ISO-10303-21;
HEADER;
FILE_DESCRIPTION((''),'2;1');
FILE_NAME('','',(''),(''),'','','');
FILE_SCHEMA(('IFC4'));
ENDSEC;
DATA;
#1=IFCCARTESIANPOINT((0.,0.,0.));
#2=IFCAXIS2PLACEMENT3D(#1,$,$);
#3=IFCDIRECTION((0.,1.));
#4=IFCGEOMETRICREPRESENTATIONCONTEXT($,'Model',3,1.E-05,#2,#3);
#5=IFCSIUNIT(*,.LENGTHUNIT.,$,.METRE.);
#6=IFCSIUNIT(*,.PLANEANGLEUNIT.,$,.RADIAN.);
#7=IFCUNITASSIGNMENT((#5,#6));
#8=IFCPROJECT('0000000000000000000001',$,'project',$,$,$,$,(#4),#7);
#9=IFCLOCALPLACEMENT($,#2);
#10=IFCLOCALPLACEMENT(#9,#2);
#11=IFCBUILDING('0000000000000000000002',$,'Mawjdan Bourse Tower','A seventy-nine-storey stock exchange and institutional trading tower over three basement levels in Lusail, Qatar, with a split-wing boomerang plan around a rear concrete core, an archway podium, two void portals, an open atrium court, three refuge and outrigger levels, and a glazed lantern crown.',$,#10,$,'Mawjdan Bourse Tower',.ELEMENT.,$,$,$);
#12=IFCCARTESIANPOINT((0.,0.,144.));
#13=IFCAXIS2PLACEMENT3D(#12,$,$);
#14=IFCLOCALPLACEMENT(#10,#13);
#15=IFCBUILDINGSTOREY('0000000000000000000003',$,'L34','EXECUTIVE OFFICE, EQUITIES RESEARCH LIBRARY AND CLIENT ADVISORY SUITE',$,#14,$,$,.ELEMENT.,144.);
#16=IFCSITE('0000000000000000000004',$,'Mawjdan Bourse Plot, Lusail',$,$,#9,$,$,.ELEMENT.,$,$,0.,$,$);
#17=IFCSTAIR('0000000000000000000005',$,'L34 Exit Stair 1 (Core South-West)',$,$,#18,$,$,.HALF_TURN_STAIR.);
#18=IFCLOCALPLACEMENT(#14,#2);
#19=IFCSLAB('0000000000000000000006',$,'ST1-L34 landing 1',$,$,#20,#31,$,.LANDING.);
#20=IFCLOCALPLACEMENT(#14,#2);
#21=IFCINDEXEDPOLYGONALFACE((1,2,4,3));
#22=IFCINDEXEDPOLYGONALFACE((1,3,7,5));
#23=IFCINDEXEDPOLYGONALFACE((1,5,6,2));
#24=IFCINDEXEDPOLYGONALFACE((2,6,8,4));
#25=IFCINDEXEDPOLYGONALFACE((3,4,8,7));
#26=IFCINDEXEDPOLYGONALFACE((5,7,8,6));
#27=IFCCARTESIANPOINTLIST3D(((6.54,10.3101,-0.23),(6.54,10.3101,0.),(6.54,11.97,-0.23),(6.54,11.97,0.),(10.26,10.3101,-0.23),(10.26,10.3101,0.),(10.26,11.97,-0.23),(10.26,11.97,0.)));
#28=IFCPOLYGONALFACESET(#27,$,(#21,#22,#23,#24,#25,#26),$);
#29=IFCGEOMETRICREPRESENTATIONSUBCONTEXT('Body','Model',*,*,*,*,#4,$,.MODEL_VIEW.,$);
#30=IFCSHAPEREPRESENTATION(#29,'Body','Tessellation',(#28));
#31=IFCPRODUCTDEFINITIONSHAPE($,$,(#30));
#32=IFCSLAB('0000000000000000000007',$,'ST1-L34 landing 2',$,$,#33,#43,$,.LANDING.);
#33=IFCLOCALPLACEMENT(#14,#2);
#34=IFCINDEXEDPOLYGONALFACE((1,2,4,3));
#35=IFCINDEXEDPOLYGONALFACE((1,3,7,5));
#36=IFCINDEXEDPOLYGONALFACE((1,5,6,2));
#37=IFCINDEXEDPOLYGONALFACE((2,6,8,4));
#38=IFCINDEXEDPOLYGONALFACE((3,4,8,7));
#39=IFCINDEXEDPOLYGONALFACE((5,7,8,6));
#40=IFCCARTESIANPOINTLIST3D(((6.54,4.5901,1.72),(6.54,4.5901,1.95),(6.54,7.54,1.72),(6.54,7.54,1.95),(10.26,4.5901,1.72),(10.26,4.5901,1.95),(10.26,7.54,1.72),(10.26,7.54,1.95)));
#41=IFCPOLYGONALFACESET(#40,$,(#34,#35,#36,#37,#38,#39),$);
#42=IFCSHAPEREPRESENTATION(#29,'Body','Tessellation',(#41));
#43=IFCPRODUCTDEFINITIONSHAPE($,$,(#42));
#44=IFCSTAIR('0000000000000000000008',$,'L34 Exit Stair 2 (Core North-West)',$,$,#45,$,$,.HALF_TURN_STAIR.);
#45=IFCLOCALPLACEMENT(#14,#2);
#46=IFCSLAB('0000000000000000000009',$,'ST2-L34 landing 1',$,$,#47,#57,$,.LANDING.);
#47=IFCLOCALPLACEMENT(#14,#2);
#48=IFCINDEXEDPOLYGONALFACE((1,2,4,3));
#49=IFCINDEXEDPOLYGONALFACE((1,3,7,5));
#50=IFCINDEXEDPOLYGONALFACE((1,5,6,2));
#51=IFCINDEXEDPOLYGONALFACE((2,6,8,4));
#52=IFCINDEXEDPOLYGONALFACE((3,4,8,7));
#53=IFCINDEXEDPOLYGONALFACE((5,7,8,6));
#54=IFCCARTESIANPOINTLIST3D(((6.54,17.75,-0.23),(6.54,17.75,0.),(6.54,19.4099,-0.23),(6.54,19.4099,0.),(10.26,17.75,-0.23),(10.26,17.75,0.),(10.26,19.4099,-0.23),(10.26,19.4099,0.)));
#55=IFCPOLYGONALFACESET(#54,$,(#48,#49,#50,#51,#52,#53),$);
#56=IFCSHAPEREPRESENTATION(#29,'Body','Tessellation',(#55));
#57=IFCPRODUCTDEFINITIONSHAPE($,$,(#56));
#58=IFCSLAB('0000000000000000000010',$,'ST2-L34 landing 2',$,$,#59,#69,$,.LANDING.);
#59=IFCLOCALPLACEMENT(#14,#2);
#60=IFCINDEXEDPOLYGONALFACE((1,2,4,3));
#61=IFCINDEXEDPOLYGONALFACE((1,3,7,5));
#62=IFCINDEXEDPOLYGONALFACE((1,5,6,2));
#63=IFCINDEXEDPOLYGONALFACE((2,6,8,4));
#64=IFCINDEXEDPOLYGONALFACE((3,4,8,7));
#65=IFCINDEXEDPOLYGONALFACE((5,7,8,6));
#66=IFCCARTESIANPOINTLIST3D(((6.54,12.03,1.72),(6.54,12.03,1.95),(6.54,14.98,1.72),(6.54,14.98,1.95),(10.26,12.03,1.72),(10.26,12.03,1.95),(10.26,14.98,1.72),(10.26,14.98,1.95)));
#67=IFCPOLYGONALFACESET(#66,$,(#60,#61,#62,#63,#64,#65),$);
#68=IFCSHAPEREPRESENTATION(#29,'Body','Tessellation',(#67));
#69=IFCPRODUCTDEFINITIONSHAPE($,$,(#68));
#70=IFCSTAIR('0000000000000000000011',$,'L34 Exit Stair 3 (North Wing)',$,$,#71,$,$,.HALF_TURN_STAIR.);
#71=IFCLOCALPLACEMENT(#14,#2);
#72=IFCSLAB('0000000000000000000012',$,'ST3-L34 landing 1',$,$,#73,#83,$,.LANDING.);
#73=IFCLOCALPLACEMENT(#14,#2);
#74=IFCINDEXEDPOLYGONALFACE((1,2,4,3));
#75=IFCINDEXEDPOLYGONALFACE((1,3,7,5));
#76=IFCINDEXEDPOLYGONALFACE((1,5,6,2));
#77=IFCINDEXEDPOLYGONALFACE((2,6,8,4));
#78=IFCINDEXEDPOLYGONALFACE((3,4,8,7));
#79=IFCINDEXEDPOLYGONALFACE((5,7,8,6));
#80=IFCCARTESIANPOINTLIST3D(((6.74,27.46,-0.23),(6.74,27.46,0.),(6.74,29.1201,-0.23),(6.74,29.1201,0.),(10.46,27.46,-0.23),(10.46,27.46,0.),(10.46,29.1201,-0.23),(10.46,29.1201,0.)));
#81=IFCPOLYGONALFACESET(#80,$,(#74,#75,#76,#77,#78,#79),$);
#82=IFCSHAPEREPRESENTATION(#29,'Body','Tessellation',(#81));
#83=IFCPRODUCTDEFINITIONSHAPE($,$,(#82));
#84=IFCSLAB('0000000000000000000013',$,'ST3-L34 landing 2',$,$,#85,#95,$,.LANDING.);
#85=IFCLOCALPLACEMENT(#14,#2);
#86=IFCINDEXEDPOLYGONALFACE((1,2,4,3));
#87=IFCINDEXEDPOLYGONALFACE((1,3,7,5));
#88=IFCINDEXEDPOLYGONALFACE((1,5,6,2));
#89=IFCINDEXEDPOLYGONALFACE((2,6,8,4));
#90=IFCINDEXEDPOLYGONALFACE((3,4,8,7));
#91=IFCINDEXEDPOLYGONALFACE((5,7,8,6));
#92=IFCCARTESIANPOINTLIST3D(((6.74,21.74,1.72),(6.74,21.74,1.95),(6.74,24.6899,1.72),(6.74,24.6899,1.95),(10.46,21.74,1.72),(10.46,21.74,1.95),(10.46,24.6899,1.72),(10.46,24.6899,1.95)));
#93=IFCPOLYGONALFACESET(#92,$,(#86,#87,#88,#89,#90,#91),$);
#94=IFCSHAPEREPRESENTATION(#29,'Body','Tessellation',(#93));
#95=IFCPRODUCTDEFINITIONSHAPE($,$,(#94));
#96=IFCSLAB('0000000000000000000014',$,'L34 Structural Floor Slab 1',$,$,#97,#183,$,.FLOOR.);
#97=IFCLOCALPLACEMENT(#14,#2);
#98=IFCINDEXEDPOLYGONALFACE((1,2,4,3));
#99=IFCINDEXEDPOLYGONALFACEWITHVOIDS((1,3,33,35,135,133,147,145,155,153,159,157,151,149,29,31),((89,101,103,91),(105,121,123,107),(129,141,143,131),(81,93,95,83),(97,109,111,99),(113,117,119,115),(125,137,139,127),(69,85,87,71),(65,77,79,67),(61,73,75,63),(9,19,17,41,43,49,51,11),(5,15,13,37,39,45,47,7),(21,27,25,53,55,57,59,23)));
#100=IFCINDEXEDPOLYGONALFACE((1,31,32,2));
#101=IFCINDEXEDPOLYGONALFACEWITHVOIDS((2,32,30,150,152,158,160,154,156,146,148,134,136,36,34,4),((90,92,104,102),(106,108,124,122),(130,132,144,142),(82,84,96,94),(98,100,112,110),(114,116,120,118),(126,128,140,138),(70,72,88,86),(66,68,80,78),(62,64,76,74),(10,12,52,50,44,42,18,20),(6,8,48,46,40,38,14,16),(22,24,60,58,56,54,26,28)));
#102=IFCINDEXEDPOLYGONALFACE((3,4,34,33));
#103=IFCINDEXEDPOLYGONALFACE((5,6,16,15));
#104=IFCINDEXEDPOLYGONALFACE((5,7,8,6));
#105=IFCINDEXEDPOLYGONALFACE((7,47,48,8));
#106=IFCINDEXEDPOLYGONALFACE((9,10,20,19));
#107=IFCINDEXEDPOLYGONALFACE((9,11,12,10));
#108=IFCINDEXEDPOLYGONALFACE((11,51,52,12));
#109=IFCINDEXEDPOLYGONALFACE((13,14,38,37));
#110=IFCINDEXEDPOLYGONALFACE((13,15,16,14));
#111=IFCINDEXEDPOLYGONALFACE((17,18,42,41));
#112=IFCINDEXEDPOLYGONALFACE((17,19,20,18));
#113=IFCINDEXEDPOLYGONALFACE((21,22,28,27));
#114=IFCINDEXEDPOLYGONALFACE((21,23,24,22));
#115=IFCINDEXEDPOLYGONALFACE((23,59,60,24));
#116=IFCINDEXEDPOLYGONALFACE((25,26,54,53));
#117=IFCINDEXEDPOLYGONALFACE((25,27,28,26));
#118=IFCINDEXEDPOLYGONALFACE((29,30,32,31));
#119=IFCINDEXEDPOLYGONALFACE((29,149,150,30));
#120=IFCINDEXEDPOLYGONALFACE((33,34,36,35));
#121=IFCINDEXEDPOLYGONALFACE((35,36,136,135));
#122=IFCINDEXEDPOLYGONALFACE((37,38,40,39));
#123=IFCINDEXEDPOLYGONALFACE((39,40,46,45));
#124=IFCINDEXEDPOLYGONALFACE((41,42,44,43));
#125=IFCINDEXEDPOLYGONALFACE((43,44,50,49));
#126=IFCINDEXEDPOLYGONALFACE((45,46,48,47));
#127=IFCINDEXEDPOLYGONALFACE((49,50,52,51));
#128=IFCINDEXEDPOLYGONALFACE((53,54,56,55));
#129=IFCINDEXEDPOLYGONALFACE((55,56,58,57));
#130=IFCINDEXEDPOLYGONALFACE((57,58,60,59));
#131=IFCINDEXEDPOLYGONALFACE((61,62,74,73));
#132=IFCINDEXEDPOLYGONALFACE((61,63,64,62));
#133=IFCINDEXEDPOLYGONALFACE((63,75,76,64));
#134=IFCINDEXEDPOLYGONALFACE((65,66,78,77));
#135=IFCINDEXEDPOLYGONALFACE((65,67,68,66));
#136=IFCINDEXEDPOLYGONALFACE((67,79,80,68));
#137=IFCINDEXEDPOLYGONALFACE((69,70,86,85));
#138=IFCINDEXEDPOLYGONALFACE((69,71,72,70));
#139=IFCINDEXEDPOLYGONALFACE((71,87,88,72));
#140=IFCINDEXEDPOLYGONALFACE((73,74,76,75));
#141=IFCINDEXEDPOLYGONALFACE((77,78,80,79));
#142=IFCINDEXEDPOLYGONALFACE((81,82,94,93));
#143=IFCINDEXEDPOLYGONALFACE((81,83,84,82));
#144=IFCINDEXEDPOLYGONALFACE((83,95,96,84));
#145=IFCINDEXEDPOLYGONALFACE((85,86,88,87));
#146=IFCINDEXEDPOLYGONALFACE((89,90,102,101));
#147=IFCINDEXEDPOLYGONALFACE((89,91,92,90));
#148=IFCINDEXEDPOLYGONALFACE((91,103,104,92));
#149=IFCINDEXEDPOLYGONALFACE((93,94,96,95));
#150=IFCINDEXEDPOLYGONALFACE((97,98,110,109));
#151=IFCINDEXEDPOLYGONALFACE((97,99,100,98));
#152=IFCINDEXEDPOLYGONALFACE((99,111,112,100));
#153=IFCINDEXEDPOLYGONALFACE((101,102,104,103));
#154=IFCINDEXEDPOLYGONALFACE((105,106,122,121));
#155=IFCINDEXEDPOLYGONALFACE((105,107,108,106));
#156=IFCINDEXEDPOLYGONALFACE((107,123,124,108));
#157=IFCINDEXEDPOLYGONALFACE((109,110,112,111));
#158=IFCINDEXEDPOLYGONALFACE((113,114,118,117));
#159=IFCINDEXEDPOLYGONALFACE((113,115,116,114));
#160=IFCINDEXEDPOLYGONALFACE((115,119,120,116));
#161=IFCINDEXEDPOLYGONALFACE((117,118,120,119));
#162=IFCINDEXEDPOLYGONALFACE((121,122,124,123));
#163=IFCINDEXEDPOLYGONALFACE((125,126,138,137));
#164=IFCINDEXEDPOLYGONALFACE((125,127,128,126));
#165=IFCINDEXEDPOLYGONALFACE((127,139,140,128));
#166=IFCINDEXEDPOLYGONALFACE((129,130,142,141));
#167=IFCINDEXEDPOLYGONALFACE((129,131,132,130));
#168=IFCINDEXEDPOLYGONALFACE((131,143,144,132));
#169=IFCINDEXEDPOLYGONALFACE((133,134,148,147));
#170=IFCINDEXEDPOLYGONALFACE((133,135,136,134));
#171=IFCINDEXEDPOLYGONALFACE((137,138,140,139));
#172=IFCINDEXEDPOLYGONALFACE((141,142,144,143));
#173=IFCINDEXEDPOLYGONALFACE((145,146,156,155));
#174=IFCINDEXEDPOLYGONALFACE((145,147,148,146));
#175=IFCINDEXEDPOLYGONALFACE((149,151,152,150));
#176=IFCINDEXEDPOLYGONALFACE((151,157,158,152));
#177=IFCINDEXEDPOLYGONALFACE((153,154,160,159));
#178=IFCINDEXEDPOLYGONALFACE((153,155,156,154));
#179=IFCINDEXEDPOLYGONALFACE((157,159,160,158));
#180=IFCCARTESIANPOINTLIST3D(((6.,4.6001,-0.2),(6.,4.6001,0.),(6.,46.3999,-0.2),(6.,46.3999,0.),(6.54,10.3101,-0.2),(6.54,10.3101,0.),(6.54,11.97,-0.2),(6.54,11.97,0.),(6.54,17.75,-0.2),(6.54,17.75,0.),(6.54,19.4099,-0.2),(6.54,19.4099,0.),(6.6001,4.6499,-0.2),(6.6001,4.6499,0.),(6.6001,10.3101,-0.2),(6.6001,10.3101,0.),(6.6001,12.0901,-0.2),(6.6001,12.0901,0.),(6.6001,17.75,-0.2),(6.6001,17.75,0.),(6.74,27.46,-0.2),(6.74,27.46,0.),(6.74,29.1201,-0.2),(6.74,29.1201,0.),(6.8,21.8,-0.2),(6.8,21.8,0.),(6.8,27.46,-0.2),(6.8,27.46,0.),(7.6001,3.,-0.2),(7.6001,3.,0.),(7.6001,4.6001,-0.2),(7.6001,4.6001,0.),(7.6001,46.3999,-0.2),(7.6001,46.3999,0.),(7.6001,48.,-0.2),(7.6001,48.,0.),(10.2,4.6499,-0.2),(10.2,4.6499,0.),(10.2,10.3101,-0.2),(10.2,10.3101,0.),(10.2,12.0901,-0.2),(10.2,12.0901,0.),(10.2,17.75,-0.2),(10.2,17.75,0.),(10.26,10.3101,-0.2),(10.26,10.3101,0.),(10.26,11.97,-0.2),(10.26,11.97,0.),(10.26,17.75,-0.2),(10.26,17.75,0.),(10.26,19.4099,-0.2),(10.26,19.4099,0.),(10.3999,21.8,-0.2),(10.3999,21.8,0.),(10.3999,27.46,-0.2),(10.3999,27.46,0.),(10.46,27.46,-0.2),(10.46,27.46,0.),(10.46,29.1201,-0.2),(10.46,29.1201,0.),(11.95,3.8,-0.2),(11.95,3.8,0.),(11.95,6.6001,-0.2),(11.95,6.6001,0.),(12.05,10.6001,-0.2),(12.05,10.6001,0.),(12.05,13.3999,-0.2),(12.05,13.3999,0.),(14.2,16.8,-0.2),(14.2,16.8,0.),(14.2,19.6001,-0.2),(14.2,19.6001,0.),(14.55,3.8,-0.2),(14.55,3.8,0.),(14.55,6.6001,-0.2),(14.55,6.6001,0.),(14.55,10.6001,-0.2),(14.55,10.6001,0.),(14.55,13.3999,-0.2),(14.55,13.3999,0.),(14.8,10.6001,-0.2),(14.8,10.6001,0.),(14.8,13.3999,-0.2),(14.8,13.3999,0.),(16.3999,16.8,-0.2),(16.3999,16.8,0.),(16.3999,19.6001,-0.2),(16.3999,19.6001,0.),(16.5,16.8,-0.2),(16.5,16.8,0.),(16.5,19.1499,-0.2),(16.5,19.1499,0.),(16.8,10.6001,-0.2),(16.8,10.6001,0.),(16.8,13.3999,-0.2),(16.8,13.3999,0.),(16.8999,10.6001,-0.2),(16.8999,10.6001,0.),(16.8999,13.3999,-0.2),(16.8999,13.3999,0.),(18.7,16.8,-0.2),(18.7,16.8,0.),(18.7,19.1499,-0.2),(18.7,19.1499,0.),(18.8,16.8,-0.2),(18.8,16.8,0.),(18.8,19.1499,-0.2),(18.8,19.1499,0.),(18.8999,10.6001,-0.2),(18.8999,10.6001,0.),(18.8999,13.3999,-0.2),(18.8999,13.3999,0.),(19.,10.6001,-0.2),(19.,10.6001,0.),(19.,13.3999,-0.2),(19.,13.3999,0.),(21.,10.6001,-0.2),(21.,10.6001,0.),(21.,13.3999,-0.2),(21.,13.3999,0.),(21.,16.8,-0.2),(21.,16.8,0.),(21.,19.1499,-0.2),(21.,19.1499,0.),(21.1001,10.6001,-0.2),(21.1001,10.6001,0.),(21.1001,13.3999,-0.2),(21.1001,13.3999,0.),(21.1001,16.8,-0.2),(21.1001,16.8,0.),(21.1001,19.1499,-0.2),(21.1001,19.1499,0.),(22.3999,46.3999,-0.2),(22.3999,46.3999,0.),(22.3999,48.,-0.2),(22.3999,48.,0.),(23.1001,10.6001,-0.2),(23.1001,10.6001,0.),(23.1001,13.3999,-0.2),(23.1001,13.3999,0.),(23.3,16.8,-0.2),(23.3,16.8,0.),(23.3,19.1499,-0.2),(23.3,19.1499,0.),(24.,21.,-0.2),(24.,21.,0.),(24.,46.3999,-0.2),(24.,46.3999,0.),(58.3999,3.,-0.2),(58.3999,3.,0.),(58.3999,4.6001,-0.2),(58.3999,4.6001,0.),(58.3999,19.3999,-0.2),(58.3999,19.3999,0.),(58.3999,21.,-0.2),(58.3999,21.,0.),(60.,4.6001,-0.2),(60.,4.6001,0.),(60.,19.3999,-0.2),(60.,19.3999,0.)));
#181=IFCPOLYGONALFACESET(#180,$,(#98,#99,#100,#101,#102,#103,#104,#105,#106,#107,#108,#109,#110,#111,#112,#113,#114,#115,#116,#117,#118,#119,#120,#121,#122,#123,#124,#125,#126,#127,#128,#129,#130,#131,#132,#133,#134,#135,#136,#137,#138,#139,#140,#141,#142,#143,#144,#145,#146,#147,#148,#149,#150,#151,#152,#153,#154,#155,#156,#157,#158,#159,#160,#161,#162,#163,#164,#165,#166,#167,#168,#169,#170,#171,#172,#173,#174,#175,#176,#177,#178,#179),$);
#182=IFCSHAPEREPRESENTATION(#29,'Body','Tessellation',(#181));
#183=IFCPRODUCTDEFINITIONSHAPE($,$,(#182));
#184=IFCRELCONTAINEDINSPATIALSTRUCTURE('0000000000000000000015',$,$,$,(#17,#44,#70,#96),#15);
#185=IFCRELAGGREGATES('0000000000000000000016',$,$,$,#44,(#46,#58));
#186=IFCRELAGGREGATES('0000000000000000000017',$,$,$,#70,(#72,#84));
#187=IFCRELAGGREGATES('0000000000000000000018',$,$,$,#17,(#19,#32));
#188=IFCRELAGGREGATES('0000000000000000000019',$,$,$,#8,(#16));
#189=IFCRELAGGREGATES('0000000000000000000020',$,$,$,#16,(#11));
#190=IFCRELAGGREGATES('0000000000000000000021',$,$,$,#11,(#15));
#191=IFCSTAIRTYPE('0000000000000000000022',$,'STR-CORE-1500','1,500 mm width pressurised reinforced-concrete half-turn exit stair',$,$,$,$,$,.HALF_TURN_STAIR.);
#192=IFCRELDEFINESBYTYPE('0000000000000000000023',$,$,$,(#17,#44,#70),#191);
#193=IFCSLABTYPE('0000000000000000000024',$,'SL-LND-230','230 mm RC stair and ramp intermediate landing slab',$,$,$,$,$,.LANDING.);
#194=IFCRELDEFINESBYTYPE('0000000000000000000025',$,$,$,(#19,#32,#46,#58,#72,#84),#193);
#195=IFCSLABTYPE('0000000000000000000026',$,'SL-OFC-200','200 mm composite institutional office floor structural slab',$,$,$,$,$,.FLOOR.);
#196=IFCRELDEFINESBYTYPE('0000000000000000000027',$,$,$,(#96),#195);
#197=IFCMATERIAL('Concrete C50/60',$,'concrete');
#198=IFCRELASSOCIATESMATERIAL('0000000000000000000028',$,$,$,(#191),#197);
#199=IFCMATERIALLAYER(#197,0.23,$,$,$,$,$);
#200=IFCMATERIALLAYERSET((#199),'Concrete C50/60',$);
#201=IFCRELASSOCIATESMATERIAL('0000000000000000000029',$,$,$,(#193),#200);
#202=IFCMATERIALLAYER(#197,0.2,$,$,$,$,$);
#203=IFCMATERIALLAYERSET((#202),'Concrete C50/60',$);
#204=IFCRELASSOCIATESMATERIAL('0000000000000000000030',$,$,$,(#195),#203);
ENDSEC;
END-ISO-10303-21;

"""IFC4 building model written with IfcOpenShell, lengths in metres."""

from ifc_helpers import new_model, si_unit, direction, frame, origin, place, context, subcontext, project, spatial, polyline, outline, extrude, material, layer, layer_set, type_object, element, aggregate, save


model = new_model("IFC4")

# Units and contexts
model_context = context("Model", 3, precision=1e-05, world=origin(), true_north=direction((0.0, 1.0)))
body_context = subcontext(model_context, "Body", "Model", "MODEL_VIEW")
ifc_project = project(units=[si_unit("LENGTHUNIT", "METRE"), si_unit("PLANEANGLEUNIT", "RADIAN")], contexts=[model_context])

# Site, building, storey
site_placement = place(None, origin())
site = spatial("IfcSite", under=ifc_project, at=site_placement, Name="Mawjdan Bourse Plot, Lusail", CompositionType="ELEMENT", RefElevation=0.0)
building_placement = place(site_placement, origin())
building = spatial("IfcBuilding", under=site, at=building_placement, Name="Mawjdan Bourse Tower", Description="A seventy-nine-storey stock exchange and institutional trading tower over three basement levels in Lusail, Qatar, with a split-wing boomerang plan around a rear concrete core, an archway podium, two void portals, an open atrium court, three refuge and outrigger levels, and a glazed lantern crown.", LongName="Mawjdan Bourse Tower", CompositionType="ELEMENT")
storey_placement = place(building_placement, frame((0.0, 0.0, 144.0)))
storey = spatial("IfcBuildingStorey", under=building, at=storey_placement, Name="L34", Description="EXECUTIVE OFFICE, EQUITIES RESEARCH LIBRARY AND CLIENT ADVISORY SUITE", CompositionType="ELEMENT", Elevation=144.0)

# Stairs, slabs
ifc_material_1 = material(Name="Concrete C50/60", Category="concrete")
stair_type = type_object("IfcStairType", Name="STR-CORE-1500", Description="1,500 mm width pressurised reinforced-concrete half-turn exit stair", PredefinedType="HALF_TURN_STAIR", material=ifc_material_1)
stair_1_placement = place(storey_placement, origin())
stair_1 = element("IfcStair", 1, at=stair_1_placement, inside=storey, type_object=stair_type, Name="L34 Exit Stair 1 (Core South-West)", PredefinedType="HALF_TURN_STAIR")
ifc_layer_1 = layer(ifc_material_1, 0.23)
ifc_layer_set_1 = layer_set([ifc_layer_1], Name="Concrete C50/60")
slab_type_1 = type_object("IfcSlabType", Name="SL-LND-230", Description="230 mm RC stair and ramp intermediate landing slab", PredefinedType="LANDING", material=ifc_layer_set_1)
slab_1_placement = place(storey_placement, frame((0.0, 0.0, -0.23)))
slab_1 = element("IfcSlab", 2, at=slab_1_placement, type_object=slab_type_1, Name="ST1-L34 landing 1", PredefinedType="LANDING", context=body_context, shape_type="SweptSolid", body=[
    extrude(outline(polyline([(6.54, 10.3101), (10.26, 10.3101), (10.26, 11.97), (6.54, 11.97), (6.54, 10.3101)])), origin(), (0.0, 0.0, 1.0), 0.23),
])
slab_2_placement = place(storey_placement, frame((0.0, 0.0, 1.72)))
slab_2 = element("IfcSlab", 3, at=slab_2_placement, type_object=slab_type_1, Name="ST1-L34 landing 2", PredefinedType="LANDING", context=body_context, shape_type="SweptSolid", body=[
    extrude(outline(polyline([(6.54, 4.5901), (10.26, 4.5901), (10.26, 7.54), (6.54, 7.54), (6.54, 4.5901)])), origin(), (0.0, 0.0, 1.0), 0.23),
])
stair_2_placement = place(storey_placement, origin())
stair_2 = element("IfcStair", 4, at=stair_2_placement, inside=storey, type_object=stair_type, Name="L34 Exit Stair 2 (Core North-West)", PredefinedType="HALF_TURN_STAIR")
slab_3_placement = place(storey_placement, frame((0.0, 0.0, -0.23)))
slab_3 = element("IfcSlab", 5, at=slab_3_placement, type_object=slab_type_1, Name="ST2-L34 landing 1", PredefinedType="LANDING", context=body_context, shape_type="SweptSolid", body=[
    extrude(outline(polyline([(6.54, 17.75), (10.26, 17.75), (10.26, 19.4099), (6.54, 19.4099), (6.54, 17.75)])), origin(), (0.0, 0.0, 1.0), 0.23),
])
slab_4_placement = place(storey_placement, frame((0.0, 0.0, 1.72)))
slab_4 = element("IfcSlab", 6, at=slab_4_placement, type_object=slab_type_1, Name="ST2-L34 landing 2", PredefinedType="LANDING", context=body_context, shape_type="SweptSolid", body=[
    extrude(outline(polyline([(6.54, 12.03), (10.26, 12.03), (10.26, 14.98), (6.54, 14.98), (6.54, 12.03)])), origin(), (0.0, 0.0, 1.0), 0.23),
])
aggregate(stair_2, [slab_3, slab_4])
stair_3_placement = place(storey_placement, origin())
stair_3 = element("IfcStair", 7, at=stair_3_placement, inside=storey, type_object=stair_type, Name="L34 Exit Stair 3 (North Wing)", PredefinedType="HALF_TURN_STAIR")
slab_5_placement = place(storey_placement, frame((0.0, 0.0, -0.23)))
slab_5 = element("IfcSlab", 8, at=slab_5_placement, type_object=slab_type_1, Name="ST3-L34 landing 1", PredefinedType="LANDING", context=body_context, shape_type="SweptSolid", body=[
    extrude(outline(polyline([(6.74, 27.46), (10.46, 27.46), (10.46, 29.1201), (6.74, 29.1201), (6.74, 27.46)])), origin(), (0.0, 0.0, 1.0), 0.23),
])
slab_6_placement = place(storey_placement, frame((0.0, 0.0, 1.72)))
slab_6 = element("IfcSlab", 9, at=slab_6_placement, type_object=slab_type_1, Name="ST3-L34 landing 2", PredefinedType="LANDING", context=body_context, shape_type="SweptSolid", body=[
    extrude(outline(polyline([(6.74, 21.74), (10.46, 21.74), (10.46, 24.6899), (6.74, 24.6899), (6.74, 21.74)])), origin(), (0.0, 0.0, 1.0), 0.23),
])
aggregate(stair_3, [slab_5, slab_6])

# Slab
ifc_layer_2 = layer(ifc_material_1, 0.2)
ifc_layer_set_2 = layer_set([ifc_layer_2], Name="Concrete C50/60")
slab_type_2 = type_object("IfcSlabType", Name="SL-OFC-200", Description="200 mm composite institutional office floor structural slab", PredefinedType="FLOOR", material=ifc_layer_set_2)
slab_7_placement = place(storey_placement, frame((0.0, 0.0, -0.2)))
element("IfcSlab", 10, at=slab_7_placement, inside=storey, type_object=slab_type_2, Name="L34 Structural Floor Slab 1", PredefinedType="FLOOR", context=body_context, shape_type="SweptSolid", body=[
    extrude(outline(polyline([(7.6001, 3.0), (58.3999, 3.0), (58.3999, 4.6001), (60.0, 4.6001), (60.0, 19.3999), (58.3999, 19.3999), (58.3999, 21.0), (24.0, 21.0), (24.0, 46.3999), (22.3999, 46.3999), (22.3999, 48.0), (7.6001, 48.0), (7.6001, 46.3999), (6.0, 46.3999), (6.0, 4.6001), (7.6001, 4.6001), (7.6001, 3.0)]), holes=[polyline([(11.95, 3.8), (11.95, 6.6001), (14.55, 6.6001), (14.55, 3.8), (11.95, 3.8)]), polyline([(6.6001, 10.3101), (6.54, 10.3101), (6.54, 11.97), (10.26, 11.97), (10.26, 10.3101), (10.2, 10.3101), (10.2, 4.6499), (6.6001, 4.6499), (6.6001, 10.3101)]), polyline([(12.05, 10.6001), (12.05, 13.3999), (14.55, 13.3999), (14.55, 10.6001), (12.05, 10.6001)]), polyline([(10.26, 19.4099), (10.26, 17.75), (10.2, 17.75), (10.2, 12.0901), (6.6001, 12.0901), (6.6001, 17.75), (6.54, 17.75), (6.54, 19.4099), (10.26, 19.4099)]), polyline([(10.46, 29.1201), (10.46, 27.46), (10.3999, 27.46), (10.3999, 21.8), (6.8, 21.8), (6.8, 27.46), (6.74, 27.46), (6.74, 29.1201), (10.46, 29.1201)]), polyline([(14.8, 10.6001), (14.8, 13.3999), (16.8, 13.3999), (16.8, 10.6001), (14.8, 10.6001)]), polyline([(16.8999, 10.6001), (16.8999, 13.3999), (18.8999, 13.3999), (18.8999, 10.6001), (16.8999, 10.6001)]), polyline([(19.0, 10.6001), (19.0, 13.3999), (21.0, 13.3999), (21.0, 10.6001), (19.0, 10.6001)]), polyline([(21.1001, 10.6001), (21.1001, 13.3999), (23.1001, 13.3999), (23.1001, 10.6001), (21.1001, 10.6001)]), polyline([(16.5, 16.8), (16.5, 19.1499), (18.7, 19.1499), (18.7, 16.8), (16.5, 16.8)]), polyline([(18.8, 16.8), (18.8, 19.1499), (21.0, 19.1499), (21.0, 16.8), (18.8, 16.8)]), polyline([(21.1001, 16.8), (21.1001, 19.1499), (23.3, 19.1499), (23.3, 16.8), (21.1001, 16.8)]), polyline([(14.2, 16.8), (14.2, 19.6001), (16.3999, 19.6001), (16.3999, 16.8), (14.2, 16.8)])]), origin(), (0.0, 0.0, 1.0), 0.2),
])

aggregate(stair_1, [slab_1, slab_2])

save(model, "model.ifc")
